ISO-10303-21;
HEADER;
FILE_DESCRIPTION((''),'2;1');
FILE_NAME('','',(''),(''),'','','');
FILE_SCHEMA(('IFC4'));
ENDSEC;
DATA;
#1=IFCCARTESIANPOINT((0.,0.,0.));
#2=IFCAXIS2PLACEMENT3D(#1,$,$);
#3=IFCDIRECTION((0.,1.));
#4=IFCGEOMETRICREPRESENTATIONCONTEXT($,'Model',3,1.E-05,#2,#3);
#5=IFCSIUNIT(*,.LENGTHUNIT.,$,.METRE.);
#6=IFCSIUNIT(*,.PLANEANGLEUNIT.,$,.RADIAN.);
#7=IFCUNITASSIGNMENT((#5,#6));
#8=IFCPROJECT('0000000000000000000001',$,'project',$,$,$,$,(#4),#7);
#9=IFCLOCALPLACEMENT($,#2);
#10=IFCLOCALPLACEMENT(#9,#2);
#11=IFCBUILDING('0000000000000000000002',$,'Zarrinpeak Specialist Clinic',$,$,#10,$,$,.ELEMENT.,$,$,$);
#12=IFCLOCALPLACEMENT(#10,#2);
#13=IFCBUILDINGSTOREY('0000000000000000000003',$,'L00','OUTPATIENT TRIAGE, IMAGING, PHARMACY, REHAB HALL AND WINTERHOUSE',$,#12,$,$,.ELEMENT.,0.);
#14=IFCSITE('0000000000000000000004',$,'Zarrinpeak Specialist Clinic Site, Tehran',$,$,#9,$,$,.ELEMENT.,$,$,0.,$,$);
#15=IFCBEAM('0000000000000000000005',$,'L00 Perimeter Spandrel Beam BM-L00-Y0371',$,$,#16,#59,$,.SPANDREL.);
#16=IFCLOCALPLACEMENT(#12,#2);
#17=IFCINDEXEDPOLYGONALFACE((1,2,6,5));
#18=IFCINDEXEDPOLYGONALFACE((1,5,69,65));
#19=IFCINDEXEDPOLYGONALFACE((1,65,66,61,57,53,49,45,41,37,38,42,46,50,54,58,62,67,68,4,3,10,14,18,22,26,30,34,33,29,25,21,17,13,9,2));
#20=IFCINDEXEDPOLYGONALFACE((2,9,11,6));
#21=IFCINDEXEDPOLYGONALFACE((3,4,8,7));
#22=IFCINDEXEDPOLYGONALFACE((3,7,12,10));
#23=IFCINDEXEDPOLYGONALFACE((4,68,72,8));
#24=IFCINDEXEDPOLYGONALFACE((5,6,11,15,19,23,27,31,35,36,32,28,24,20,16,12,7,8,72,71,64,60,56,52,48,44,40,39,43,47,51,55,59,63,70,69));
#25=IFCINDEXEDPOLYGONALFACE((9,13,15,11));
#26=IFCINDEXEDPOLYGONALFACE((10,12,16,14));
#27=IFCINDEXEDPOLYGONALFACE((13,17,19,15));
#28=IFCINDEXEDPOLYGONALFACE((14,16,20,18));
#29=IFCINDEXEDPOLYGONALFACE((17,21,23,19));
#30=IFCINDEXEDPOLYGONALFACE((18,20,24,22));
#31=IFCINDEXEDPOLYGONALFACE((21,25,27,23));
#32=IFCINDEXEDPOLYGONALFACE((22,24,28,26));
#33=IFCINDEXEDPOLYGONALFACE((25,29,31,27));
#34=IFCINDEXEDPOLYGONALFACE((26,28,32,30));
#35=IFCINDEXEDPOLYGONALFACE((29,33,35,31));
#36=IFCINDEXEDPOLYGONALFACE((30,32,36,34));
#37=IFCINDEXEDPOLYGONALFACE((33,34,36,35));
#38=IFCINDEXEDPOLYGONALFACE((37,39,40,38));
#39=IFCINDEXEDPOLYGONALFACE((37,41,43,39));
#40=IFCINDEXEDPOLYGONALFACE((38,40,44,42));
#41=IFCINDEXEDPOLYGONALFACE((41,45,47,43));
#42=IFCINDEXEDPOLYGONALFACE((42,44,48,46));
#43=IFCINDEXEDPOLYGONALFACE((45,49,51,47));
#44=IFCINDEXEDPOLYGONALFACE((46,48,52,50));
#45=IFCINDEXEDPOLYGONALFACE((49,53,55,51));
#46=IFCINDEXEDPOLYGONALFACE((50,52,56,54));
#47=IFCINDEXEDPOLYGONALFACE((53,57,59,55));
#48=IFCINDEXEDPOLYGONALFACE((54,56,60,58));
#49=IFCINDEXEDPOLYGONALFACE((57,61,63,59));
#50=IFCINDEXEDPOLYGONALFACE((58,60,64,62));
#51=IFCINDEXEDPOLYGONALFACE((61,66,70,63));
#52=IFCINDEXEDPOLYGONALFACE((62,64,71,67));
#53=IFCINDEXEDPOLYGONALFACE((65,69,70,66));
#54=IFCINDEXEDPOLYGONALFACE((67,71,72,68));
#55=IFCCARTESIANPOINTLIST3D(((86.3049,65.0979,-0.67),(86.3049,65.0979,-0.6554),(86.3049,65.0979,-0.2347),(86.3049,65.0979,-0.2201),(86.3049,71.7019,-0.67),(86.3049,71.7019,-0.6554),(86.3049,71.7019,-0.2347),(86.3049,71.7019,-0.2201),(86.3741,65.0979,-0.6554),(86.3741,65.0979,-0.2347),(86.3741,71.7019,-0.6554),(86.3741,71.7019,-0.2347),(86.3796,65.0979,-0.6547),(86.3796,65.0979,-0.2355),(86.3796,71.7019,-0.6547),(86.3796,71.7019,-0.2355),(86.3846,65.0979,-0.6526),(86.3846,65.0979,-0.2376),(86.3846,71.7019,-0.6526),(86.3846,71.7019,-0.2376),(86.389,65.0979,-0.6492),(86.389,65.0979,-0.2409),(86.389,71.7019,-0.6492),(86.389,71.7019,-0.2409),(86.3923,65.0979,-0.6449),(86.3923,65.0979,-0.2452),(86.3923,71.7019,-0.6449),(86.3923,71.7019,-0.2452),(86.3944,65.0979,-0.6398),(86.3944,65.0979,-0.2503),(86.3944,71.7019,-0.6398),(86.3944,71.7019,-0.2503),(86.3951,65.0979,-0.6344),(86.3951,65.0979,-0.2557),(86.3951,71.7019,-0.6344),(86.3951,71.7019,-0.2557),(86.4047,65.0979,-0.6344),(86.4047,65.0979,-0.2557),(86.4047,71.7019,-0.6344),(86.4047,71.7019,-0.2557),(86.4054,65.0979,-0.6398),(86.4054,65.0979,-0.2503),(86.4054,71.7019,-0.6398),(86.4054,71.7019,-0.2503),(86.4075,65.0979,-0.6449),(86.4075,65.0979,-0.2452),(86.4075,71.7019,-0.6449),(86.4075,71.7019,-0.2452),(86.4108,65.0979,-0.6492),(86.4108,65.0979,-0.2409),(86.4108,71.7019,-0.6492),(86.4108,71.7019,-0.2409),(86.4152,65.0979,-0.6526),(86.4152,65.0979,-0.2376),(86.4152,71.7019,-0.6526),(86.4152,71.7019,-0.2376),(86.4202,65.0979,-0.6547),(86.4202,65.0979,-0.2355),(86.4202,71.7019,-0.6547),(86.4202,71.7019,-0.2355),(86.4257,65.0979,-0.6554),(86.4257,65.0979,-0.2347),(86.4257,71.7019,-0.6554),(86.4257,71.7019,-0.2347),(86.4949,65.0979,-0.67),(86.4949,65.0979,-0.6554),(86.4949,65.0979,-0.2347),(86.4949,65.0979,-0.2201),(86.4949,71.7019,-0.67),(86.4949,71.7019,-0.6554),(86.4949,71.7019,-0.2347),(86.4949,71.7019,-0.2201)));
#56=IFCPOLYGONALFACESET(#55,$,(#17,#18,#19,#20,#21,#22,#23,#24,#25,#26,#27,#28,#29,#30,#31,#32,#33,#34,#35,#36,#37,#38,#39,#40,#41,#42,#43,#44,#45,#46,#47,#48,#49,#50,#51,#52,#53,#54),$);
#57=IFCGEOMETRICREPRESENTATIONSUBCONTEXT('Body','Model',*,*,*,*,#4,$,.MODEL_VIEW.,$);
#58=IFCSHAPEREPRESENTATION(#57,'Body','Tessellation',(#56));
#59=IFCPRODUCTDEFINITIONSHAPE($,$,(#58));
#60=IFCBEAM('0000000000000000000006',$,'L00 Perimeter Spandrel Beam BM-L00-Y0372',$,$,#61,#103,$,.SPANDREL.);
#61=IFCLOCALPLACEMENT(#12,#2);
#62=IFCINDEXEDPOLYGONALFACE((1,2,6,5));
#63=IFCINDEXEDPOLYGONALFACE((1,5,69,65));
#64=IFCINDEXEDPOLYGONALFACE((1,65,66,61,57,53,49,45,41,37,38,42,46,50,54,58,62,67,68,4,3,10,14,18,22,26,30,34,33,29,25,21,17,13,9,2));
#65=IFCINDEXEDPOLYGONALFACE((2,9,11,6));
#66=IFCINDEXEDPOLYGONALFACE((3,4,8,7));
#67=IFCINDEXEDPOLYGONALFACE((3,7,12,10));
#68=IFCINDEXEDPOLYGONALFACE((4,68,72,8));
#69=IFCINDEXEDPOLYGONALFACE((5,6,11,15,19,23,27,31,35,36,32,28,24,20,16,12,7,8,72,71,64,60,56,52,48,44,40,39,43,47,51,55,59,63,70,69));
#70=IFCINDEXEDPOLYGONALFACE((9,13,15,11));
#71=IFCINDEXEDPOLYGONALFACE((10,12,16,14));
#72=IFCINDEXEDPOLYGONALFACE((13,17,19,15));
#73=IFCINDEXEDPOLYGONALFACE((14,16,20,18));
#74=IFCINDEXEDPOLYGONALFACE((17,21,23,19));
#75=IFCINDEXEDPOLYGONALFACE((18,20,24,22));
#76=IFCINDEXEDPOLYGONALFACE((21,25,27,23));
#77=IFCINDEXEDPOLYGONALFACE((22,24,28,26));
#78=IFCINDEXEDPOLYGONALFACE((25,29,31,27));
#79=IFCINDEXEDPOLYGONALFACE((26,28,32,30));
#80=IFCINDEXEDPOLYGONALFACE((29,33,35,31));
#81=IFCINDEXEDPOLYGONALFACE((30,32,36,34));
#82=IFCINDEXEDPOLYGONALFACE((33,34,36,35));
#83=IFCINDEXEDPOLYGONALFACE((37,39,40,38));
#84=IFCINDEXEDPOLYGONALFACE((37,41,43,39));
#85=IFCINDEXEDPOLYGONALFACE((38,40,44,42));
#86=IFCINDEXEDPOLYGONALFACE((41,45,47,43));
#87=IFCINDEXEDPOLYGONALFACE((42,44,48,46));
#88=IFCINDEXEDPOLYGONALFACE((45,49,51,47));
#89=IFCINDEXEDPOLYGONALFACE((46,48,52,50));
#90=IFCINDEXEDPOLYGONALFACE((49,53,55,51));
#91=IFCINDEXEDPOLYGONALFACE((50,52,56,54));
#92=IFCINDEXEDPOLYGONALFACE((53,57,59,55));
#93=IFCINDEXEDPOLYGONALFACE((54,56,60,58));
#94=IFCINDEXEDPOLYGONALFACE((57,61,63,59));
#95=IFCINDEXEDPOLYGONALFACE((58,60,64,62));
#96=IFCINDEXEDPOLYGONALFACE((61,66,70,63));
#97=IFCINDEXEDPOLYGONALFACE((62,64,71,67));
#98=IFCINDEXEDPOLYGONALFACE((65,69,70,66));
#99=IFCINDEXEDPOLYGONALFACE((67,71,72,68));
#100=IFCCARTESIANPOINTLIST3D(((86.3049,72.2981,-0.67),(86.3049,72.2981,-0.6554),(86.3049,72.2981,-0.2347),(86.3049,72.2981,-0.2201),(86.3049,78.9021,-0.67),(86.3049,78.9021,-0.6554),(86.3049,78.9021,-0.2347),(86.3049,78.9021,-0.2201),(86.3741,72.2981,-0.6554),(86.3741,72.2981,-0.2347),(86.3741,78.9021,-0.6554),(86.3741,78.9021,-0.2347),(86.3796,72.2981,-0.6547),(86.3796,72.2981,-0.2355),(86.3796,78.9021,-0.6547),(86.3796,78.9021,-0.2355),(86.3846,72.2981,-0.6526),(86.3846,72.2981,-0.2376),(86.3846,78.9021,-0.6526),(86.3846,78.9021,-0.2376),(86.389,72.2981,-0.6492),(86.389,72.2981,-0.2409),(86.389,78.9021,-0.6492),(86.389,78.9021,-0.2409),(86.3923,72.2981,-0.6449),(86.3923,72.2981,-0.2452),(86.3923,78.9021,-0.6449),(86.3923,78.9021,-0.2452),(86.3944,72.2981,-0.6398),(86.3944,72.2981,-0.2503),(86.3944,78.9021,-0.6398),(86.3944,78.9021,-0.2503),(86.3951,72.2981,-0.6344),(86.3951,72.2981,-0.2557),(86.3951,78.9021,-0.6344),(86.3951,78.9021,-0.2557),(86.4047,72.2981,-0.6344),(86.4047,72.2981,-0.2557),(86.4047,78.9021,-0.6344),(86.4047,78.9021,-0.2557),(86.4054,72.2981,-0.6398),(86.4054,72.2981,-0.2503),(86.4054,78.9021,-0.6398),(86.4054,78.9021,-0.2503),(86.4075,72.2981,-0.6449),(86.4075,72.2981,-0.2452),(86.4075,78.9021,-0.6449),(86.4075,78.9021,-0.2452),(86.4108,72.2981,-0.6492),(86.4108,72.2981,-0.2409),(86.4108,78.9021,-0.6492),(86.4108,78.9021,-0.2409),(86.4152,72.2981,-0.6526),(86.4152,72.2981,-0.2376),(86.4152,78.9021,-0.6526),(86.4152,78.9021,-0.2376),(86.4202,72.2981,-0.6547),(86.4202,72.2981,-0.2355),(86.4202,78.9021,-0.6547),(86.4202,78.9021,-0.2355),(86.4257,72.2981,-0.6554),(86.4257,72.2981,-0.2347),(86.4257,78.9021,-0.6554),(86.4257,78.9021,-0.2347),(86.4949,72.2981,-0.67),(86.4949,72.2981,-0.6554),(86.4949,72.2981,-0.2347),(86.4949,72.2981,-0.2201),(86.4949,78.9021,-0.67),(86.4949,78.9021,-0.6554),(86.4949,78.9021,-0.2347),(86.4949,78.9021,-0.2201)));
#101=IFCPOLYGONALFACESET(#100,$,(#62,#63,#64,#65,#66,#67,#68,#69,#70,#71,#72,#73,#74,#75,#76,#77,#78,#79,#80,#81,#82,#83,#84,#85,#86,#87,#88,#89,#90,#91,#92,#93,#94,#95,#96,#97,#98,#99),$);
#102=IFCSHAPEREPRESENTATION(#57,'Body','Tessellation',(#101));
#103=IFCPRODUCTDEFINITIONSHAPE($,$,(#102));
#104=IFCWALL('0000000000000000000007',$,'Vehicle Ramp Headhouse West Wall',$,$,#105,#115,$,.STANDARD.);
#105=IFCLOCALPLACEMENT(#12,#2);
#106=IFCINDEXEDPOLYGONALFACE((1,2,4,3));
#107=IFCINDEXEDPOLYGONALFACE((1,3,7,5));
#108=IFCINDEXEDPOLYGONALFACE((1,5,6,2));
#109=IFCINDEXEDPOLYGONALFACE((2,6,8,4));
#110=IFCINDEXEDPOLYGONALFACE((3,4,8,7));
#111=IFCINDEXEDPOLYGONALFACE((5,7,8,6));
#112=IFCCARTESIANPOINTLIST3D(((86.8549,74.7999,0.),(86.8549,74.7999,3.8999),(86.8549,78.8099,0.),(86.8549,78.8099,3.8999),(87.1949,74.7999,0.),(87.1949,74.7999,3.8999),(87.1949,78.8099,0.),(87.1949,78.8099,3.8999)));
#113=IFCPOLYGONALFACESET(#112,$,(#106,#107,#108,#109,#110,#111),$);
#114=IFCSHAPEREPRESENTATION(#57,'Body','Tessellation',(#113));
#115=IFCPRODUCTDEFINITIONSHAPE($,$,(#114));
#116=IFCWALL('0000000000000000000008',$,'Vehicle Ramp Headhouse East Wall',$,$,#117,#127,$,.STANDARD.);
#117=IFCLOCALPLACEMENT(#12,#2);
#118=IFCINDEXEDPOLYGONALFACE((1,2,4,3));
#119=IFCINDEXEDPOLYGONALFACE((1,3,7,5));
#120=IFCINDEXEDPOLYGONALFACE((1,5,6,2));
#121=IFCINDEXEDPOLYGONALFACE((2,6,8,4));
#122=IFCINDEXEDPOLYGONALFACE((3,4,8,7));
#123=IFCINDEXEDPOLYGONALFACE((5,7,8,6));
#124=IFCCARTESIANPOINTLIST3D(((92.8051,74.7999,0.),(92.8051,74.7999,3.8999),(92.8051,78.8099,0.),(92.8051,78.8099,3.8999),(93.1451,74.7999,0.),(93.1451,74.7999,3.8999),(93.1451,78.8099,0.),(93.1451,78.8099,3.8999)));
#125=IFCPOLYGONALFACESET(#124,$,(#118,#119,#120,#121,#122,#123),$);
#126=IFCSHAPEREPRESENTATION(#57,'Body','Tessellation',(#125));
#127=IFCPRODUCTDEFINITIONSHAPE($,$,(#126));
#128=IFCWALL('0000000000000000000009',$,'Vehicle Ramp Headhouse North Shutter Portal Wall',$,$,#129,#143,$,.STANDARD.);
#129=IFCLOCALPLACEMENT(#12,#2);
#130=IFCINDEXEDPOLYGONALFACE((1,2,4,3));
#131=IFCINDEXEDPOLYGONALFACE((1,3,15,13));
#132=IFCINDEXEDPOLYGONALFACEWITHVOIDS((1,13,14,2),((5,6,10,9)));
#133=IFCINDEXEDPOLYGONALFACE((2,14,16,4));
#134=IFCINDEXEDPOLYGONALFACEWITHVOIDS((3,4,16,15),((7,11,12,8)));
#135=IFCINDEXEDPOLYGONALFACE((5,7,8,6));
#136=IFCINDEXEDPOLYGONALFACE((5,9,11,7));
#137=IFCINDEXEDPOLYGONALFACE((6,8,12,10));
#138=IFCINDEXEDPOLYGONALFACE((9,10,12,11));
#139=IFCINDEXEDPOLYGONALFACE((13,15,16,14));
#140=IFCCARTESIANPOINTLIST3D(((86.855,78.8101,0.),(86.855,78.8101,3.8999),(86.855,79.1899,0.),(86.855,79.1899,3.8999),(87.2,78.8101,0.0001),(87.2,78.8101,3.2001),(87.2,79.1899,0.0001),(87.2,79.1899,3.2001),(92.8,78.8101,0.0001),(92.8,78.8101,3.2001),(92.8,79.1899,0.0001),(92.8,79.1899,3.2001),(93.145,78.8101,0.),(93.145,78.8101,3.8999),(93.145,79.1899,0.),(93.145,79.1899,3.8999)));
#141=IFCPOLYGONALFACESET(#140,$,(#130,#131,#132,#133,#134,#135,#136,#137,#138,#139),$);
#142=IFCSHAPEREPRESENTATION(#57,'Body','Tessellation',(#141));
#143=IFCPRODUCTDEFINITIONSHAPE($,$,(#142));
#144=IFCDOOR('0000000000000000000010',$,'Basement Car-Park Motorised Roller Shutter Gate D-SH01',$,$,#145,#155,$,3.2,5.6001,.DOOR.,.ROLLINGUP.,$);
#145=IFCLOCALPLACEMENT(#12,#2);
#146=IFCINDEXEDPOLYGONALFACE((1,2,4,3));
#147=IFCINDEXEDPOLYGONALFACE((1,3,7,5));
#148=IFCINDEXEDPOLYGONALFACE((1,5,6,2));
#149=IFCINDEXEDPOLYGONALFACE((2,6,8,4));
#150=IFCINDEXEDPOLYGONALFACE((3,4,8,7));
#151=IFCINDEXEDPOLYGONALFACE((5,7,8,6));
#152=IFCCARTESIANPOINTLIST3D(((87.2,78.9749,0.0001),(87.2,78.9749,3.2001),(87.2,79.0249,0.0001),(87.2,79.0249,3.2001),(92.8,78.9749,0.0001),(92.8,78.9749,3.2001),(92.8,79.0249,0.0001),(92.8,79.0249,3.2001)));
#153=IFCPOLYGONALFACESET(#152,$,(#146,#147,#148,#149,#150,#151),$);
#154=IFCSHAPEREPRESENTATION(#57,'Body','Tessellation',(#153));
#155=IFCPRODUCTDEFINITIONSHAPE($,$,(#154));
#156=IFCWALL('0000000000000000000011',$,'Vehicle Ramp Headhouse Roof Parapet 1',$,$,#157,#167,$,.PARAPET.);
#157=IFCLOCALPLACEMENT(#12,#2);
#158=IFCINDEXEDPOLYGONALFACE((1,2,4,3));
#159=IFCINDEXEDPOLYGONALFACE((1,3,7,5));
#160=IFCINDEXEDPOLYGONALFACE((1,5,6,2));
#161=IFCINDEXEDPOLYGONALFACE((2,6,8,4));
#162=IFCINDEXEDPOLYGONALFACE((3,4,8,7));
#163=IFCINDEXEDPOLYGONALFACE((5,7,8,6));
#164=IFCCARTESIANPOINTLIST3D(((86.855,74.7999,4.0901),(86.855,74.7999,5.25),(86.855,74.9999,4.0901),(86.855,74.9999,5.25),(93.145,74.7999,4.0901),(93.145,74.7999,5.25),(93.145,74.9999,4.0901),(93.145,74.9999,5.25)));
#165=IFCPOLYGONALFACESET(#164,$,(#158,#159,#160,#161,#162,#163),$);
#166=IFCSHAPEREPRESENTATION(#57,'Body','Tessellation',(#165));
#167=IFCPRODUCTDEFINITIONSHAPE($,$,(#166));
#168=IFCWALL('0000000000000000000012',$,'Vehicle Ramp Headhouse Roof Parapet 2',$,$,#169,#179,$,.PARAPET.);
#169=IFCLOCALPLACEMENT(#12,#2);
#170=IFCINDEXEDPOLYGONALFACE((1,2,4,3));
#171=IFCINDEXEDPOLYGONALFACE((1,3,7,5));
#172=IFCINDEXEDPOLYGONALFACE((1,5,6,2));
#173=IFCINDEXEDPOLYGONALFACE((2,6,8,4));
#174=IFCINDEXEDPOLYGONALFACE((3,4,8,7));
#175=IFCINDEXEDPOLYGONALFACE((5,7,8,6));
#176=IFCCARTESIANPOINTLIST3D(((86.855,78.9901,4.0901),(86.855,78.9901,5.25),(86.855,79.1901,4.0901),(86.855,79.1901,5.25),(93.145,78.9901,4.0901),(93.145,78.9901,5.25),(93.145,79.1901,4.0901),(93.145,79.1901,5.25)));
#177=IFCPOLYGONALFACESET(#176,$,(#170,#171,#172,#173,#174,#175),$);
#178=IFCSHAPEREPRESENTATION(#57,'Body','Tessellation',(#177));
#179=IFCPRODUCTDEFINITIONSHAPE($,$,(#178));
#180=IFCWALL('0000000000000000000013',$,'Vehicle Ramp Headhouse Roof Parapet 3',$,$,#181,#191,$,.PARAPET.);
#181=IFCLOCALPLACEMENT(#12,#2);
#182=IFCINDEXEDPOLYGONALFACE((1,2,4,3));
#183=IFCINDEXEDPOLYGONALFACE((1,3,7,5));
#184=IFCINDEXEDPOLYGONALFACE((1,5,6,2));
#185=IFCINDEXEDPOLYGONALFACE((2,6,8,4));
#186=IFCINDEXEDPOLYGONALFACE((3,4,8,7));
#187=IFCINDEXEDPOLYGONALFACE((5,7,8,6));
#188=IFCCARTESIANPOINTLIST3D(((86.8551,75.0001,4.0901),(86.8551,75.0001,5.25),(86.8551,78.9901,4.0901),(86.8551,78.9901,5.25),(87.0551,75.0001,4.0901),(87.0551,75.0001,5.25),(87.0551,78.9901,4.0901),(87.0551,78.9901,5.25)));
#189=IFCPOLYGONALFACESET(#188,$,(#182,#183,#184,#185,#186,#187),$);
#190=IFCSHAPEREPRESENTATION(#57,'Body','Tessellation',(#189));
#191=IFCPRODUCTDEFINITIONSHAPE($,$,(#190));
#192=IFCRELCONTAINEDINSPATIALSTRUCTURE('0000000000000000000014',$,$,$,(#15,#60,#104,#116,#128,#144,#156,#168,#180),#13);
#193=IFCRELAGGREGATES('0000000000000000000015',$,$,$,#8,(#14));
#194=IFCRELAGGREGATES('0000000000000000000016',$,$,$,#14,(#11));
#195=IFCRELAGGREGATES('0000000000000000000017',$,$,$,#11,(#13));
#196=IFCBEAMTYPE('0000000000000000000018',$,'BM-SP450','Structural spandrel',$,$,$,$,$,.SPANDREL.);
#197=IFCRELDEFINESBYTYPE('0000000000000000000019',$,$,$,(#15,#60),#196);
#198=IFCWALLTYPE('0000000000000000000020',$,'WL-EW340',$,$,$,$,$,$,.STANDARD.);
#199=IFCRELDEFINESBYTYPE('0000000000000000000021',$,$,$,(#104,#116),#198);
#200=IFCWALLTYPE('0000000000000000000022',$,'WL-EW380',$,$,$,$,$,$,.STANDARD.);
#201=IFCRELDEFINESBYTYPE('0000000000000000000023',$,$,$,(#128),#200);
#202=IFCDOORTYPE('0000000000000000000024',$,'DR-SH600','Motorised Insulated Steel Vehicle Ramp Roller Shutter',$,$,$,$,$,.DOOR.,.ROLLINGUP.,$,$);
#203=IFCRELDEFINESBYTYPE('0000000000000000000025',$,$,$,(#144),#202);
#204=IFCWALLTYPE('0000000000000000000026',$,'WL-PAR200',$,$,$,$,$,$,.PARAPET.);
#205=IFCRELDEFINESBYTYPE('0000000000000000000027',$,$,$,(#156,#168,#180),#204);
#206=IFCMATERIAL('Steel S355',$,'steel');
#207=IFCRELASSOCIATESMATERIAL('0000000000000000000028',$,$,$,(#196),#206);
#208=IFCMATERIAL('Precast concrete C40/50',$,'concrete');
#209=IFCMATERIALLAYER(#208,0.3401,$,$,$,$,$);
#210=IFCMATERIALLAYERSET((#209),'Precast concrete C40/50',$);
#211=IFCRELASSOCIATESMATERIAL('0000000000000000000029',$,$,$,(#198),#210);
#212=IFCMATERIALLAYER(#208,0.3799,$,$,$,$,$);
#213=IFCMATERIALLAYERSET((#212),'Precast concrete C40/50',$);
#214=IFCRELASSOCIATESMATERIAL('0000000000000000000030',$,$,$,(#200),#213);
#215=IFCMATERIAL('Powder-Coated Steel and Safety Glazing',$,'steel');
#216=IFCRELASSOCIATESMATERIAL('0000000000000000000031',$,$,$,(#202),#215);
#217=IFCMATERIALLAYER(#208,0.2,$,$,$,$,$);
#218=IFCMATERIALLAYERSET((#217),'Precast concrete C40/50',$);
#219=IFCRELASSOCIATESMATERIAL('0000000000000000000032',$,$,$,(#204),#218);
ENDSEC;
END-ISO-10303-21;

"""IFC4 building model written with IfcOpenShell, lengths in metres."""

from ifc_helpers import new_model, si_unit, direction, frame, frame_2d, origin, origin_2d, place, context, subcontext, project, spatial, rectangle, i_section, extrude, material, layer, layer_set, material_profile, profile_set, type_object, element, fill, save


model = new_model("IFC4")

# Units and contexts
model_context = context("Model", 3, precision=1e-05, world=origin(), true_north=direction((0.0, 1.0)))
body_context = subcontext(model_context, "Body", "Model", "MODEL_VIEW")
ifc_project = project(units=[si_unit("LENGTHUNIT", "METRE"), si_unit("PLANEANGLEUNIT", "RADIAN")], contexts=[model_context])

# Site, building, storey
site_placement = place(None, origin())
site = spatial("IfcSite", under=ifc_project, at=site_placement, Name="Zarrinpeak Specialist Clinic Site, Tehran", CompositionType="ELEMENT", RefElevation=0.0)
building_placement = place(site_placement, origin())
building = spatial("IfcBuilding", under=site, at=building_placement, Name="Zarrinpeak Specialist Clinic", CompositionType="ELEMENT")
storey_placement = place(building_placement, origin())
storey = spatial("IfcBuildingStorey", under=building, at=storey_placement, Name="L00", Description="OUTPATIENT TRIAGE, IMAGING, PHARMACY, REHAB HALL AND WINTERHOUSE", CompositionType="ELEMENT", Elevation=0.0)

# Beams
ifc_material_1 = material(Name="Steel S355", Category="steel")
ifc_material_profile_1 = material_profile(ifc_material_1, i_section(OverallWidth=0.1899, OverallDepth=0.45, WebThickness=0.0095, FlangeThickness=0.0146, FilletRadius=0.021, at=origin_2d()), Name="IPE 450")
ifc_profile_set_1 = profile_set([ifc_material_profile_1], Name="Steel S355")
beam_type_1 = type_object("IfcBeamType", Name="BM-SP450", Description="Structural spandrel", PredefinedType="SPANDREL", material=ifc_profile_set_1)
for number, where, z_axis, x_axis, name in (
    (1, (86.3999, 65.0979, -0.4451), (0.0, 1.0, 0.0), (-1.0, 0.0, 0.0), "L00 Perimeter Spandrel Beam BM-L00-Y0371"),
    (2, (86.3999, 72.2981, -0.4451), (0.0, 1.0, 0.0), (-1.0, 0.0, 0.0), "L00 Perimeter Spandrel Beam BM-L00-Y0372"),
):
    element("IfcBeam", number, at=place(storey_placement, frame(where, z_axis=z_axis, x_axis=x_axis)), inside=storey, type_object=beam_type_1, Name=name, PredefinedType="SPANDREL", context=body_context, shape_type="SweptSolid", body=[
        extrude(i_section(OverallWidth=0.1899, OverallDepth=0.45, WebThickness=0.0095, FlangeThickness=0.0146, FilletRadius=0.021, at=origin_2d()), origin(), (0.0, 0.0, 1.0), 6.604),
    ])

# Walls
ifc_material_2 = material(Name="Precast concrete C40/50", Category="concrete")
ifc_layer_1 = layer(ifc_material_2, 0.3401)
ifc_layer_set_1 = layer_set([ifc_layer_1], Name="Precast concrete C40/50")
wall_type_1 = type_object("IfcWallType", Name="WL-EW340", PredefinedType="STANDARD", material=ifc_layer_set_1)
for number, where, z_axis, x_axis, name in (
    (3, (87.0249, 74.8, 0.0), (0.0, 0.0, 1.0), (0.0, 1.0, 0.0), "Vehicle Ramp Headhouse West Wall"),
    (4, (92.9751, 74.8, 0.0), (0.0, 0.0, 1.0), (0.0, 1.0, 0.0), "Vehicle Ramp Headhouse East Wall"),
):
    element("IfcWall", number, at=place(storey_placement, frame(where, z_axis=z_axis, x_axis=x_axis)), inside=storey, type_object=wall_type_1, Name=name, PredefinedType="STANDARD", context=body_context, shape_type="SweptSolid", body=[
        extrude(rectangle(XDim=4.01, YDim=0.3401, at=frame_2d((2.0049, 0.0))), origin(), (0.0, 0.0, 1.0), 3.8999),
    ])

# Wall, opening, door
ifc_layer_2 = layer(ifc_material_2, 0.3799)
ifc_layer_set_2 = layer_set([ifc_layer_2], Name="Precast concrete C40/50")
wall_type_2 = type_object("IfcWallType", Name="WL-EW380", PredefinedType="STANDARD", material=ifc_layer_set_2)
wall_placement = place(storey_placement, frame((86.855, 79.0, 0.0), z_axis=(0.0, 0.0, 1.0), x_axis=(1.0, 0.0, 0.0)))
wall = element("IfcWall", 5, at=wall_placement, inside=storey, type_object=wall_type_2, Name="Vehicle Ramp Headhouse North Shutter Portal Wall", PredefinedType="STANDARD", context=body_context, shape_type="SweptSolid", body=[
    extrude(rectangle(XDim=6.29, YDim=0.3799, at=frame_2d((3.145, 0.0))), origin(), (0.0, 0.0, 1.0), 3.8999),
])
opening_placement = place(wall_placement, frame((0.345, 0.0, 0.0)))
opening = element("IfcOpeningElement", 6, at=opening_placement, cuts=wall, PredefinedType="OPENING", context=body_context, shape_type="SweptSolid", body=[
    extrude(rectangle(XDim=5.6001, YDim=3.2, at=frame_2d((2.8, 1.6001))), frame((0.0, 0.2, 0.0), z_axis=(0.0, -1.0, 0.0), x_axis=(1.0, 0.0, 0.0)), (0.0, 0.0, 1.0), 0.3999),
])
ifc_material_3 = material(Name="Powder-Coated Steel and Safety Glazing", Category="steel")
door_type = type_object("IfcDoorType", Name="DR-SH600", Description="Motorised Insulated Steel Vehicle Ramp Roller Shutter", OperationType="ROLLINGUP", PredefinedType="DOOR", material=ifc_material_3)
door_placement = place(opening_placement, origin())
door = element("IfcDoor", 7, at=door_placement, inside=storey, type_object=door_type, Name="Basement Car-Park Motorised Roller Shutter Gate D-SH01", OperationType="ROLLINGUP", OverallHeight=3.2, OverallWidth=5.6001, PredefinedType="DOOR", context=body_context, shape_type="SweptSolid", body=[
    extrude(rectangle(XDim=5.6001, YDim=3.2, at=frame_2d((2.8, 1.6001))), frame((0.0, 0.0249, 0.0), z_axis=(0.0, -1.0, 0.0), x_axis=(1.0, 0.0, 0.0)), (0.0, 0.0, 1.0), 0.05),
])
fill(opening, door)

# Walls
ifc_layer_3 = layer(ifc_material_2, 0.2)
ifc_layer_set_3 = layer_set([ifc_layer_3], Name="Precast concrete C40/50")
wall_type_3 = type_object("IfcWallType", Name="WL-PAR200", PredefinedType="PARAPET", material=ifc_layer_set_3)
for number, where, z_axis, x_axis, name in (
    (8, (86.855, 74.8999, 4.0901), (0.0, 0.0, 1.0), (1.0, 0.0, 0.0), "Vehicle Ramp Headhouse Roof Parapet 1"),
    (9, (86.855, 79.0901, 4.0901), (0.0, 0.0, 1.0), (1.0, 0.0, 0.0), "Vehicle Ramp Headhouse Roof Parapet 2"),
):
    element("IfcWall", number, at=place(storey_placement, frame(where, z_axis=z_axis, x_axis=x_axis)), inside=storey, type_object=wall_type_3, Name=name, PredefinedType="PARAPET", context=body_context, shape_type="SweptSolid", body=[
        extrude(rectangle(XDim=6.29, YDim=0.2, at=frame_2d((3.145, 0.0))), origin(), (0.0, 0.0, 1.0), 1.1599),
    ])
for number, where, z_axis, x_axis, name in (
    (10, (86.9551, 75.0, 4.0901), (0.0, 0.0, 1.0), (0.0, 1.0, 0.0), "Vehicle Ramp Headhouse Roof Parapet 3"),
):
    element("IfcWall", number, at=place(storey_placement, frame(where, z_axis=z_axis, x_axis=x_axis)), inside=storey, type_object=wall_type_3, Name=name, PredefinedType="PARAPET", context=body_context, shape_type="SweptSolid", body=[
        extrude(rectangle(XDim=3.99, YDim=0.2, at=frame_2d((1.9951, 0.0))), origin(), (0.0, 0.0, 1.0), 1.1599),
    ])

save(model, "model.ifc")
